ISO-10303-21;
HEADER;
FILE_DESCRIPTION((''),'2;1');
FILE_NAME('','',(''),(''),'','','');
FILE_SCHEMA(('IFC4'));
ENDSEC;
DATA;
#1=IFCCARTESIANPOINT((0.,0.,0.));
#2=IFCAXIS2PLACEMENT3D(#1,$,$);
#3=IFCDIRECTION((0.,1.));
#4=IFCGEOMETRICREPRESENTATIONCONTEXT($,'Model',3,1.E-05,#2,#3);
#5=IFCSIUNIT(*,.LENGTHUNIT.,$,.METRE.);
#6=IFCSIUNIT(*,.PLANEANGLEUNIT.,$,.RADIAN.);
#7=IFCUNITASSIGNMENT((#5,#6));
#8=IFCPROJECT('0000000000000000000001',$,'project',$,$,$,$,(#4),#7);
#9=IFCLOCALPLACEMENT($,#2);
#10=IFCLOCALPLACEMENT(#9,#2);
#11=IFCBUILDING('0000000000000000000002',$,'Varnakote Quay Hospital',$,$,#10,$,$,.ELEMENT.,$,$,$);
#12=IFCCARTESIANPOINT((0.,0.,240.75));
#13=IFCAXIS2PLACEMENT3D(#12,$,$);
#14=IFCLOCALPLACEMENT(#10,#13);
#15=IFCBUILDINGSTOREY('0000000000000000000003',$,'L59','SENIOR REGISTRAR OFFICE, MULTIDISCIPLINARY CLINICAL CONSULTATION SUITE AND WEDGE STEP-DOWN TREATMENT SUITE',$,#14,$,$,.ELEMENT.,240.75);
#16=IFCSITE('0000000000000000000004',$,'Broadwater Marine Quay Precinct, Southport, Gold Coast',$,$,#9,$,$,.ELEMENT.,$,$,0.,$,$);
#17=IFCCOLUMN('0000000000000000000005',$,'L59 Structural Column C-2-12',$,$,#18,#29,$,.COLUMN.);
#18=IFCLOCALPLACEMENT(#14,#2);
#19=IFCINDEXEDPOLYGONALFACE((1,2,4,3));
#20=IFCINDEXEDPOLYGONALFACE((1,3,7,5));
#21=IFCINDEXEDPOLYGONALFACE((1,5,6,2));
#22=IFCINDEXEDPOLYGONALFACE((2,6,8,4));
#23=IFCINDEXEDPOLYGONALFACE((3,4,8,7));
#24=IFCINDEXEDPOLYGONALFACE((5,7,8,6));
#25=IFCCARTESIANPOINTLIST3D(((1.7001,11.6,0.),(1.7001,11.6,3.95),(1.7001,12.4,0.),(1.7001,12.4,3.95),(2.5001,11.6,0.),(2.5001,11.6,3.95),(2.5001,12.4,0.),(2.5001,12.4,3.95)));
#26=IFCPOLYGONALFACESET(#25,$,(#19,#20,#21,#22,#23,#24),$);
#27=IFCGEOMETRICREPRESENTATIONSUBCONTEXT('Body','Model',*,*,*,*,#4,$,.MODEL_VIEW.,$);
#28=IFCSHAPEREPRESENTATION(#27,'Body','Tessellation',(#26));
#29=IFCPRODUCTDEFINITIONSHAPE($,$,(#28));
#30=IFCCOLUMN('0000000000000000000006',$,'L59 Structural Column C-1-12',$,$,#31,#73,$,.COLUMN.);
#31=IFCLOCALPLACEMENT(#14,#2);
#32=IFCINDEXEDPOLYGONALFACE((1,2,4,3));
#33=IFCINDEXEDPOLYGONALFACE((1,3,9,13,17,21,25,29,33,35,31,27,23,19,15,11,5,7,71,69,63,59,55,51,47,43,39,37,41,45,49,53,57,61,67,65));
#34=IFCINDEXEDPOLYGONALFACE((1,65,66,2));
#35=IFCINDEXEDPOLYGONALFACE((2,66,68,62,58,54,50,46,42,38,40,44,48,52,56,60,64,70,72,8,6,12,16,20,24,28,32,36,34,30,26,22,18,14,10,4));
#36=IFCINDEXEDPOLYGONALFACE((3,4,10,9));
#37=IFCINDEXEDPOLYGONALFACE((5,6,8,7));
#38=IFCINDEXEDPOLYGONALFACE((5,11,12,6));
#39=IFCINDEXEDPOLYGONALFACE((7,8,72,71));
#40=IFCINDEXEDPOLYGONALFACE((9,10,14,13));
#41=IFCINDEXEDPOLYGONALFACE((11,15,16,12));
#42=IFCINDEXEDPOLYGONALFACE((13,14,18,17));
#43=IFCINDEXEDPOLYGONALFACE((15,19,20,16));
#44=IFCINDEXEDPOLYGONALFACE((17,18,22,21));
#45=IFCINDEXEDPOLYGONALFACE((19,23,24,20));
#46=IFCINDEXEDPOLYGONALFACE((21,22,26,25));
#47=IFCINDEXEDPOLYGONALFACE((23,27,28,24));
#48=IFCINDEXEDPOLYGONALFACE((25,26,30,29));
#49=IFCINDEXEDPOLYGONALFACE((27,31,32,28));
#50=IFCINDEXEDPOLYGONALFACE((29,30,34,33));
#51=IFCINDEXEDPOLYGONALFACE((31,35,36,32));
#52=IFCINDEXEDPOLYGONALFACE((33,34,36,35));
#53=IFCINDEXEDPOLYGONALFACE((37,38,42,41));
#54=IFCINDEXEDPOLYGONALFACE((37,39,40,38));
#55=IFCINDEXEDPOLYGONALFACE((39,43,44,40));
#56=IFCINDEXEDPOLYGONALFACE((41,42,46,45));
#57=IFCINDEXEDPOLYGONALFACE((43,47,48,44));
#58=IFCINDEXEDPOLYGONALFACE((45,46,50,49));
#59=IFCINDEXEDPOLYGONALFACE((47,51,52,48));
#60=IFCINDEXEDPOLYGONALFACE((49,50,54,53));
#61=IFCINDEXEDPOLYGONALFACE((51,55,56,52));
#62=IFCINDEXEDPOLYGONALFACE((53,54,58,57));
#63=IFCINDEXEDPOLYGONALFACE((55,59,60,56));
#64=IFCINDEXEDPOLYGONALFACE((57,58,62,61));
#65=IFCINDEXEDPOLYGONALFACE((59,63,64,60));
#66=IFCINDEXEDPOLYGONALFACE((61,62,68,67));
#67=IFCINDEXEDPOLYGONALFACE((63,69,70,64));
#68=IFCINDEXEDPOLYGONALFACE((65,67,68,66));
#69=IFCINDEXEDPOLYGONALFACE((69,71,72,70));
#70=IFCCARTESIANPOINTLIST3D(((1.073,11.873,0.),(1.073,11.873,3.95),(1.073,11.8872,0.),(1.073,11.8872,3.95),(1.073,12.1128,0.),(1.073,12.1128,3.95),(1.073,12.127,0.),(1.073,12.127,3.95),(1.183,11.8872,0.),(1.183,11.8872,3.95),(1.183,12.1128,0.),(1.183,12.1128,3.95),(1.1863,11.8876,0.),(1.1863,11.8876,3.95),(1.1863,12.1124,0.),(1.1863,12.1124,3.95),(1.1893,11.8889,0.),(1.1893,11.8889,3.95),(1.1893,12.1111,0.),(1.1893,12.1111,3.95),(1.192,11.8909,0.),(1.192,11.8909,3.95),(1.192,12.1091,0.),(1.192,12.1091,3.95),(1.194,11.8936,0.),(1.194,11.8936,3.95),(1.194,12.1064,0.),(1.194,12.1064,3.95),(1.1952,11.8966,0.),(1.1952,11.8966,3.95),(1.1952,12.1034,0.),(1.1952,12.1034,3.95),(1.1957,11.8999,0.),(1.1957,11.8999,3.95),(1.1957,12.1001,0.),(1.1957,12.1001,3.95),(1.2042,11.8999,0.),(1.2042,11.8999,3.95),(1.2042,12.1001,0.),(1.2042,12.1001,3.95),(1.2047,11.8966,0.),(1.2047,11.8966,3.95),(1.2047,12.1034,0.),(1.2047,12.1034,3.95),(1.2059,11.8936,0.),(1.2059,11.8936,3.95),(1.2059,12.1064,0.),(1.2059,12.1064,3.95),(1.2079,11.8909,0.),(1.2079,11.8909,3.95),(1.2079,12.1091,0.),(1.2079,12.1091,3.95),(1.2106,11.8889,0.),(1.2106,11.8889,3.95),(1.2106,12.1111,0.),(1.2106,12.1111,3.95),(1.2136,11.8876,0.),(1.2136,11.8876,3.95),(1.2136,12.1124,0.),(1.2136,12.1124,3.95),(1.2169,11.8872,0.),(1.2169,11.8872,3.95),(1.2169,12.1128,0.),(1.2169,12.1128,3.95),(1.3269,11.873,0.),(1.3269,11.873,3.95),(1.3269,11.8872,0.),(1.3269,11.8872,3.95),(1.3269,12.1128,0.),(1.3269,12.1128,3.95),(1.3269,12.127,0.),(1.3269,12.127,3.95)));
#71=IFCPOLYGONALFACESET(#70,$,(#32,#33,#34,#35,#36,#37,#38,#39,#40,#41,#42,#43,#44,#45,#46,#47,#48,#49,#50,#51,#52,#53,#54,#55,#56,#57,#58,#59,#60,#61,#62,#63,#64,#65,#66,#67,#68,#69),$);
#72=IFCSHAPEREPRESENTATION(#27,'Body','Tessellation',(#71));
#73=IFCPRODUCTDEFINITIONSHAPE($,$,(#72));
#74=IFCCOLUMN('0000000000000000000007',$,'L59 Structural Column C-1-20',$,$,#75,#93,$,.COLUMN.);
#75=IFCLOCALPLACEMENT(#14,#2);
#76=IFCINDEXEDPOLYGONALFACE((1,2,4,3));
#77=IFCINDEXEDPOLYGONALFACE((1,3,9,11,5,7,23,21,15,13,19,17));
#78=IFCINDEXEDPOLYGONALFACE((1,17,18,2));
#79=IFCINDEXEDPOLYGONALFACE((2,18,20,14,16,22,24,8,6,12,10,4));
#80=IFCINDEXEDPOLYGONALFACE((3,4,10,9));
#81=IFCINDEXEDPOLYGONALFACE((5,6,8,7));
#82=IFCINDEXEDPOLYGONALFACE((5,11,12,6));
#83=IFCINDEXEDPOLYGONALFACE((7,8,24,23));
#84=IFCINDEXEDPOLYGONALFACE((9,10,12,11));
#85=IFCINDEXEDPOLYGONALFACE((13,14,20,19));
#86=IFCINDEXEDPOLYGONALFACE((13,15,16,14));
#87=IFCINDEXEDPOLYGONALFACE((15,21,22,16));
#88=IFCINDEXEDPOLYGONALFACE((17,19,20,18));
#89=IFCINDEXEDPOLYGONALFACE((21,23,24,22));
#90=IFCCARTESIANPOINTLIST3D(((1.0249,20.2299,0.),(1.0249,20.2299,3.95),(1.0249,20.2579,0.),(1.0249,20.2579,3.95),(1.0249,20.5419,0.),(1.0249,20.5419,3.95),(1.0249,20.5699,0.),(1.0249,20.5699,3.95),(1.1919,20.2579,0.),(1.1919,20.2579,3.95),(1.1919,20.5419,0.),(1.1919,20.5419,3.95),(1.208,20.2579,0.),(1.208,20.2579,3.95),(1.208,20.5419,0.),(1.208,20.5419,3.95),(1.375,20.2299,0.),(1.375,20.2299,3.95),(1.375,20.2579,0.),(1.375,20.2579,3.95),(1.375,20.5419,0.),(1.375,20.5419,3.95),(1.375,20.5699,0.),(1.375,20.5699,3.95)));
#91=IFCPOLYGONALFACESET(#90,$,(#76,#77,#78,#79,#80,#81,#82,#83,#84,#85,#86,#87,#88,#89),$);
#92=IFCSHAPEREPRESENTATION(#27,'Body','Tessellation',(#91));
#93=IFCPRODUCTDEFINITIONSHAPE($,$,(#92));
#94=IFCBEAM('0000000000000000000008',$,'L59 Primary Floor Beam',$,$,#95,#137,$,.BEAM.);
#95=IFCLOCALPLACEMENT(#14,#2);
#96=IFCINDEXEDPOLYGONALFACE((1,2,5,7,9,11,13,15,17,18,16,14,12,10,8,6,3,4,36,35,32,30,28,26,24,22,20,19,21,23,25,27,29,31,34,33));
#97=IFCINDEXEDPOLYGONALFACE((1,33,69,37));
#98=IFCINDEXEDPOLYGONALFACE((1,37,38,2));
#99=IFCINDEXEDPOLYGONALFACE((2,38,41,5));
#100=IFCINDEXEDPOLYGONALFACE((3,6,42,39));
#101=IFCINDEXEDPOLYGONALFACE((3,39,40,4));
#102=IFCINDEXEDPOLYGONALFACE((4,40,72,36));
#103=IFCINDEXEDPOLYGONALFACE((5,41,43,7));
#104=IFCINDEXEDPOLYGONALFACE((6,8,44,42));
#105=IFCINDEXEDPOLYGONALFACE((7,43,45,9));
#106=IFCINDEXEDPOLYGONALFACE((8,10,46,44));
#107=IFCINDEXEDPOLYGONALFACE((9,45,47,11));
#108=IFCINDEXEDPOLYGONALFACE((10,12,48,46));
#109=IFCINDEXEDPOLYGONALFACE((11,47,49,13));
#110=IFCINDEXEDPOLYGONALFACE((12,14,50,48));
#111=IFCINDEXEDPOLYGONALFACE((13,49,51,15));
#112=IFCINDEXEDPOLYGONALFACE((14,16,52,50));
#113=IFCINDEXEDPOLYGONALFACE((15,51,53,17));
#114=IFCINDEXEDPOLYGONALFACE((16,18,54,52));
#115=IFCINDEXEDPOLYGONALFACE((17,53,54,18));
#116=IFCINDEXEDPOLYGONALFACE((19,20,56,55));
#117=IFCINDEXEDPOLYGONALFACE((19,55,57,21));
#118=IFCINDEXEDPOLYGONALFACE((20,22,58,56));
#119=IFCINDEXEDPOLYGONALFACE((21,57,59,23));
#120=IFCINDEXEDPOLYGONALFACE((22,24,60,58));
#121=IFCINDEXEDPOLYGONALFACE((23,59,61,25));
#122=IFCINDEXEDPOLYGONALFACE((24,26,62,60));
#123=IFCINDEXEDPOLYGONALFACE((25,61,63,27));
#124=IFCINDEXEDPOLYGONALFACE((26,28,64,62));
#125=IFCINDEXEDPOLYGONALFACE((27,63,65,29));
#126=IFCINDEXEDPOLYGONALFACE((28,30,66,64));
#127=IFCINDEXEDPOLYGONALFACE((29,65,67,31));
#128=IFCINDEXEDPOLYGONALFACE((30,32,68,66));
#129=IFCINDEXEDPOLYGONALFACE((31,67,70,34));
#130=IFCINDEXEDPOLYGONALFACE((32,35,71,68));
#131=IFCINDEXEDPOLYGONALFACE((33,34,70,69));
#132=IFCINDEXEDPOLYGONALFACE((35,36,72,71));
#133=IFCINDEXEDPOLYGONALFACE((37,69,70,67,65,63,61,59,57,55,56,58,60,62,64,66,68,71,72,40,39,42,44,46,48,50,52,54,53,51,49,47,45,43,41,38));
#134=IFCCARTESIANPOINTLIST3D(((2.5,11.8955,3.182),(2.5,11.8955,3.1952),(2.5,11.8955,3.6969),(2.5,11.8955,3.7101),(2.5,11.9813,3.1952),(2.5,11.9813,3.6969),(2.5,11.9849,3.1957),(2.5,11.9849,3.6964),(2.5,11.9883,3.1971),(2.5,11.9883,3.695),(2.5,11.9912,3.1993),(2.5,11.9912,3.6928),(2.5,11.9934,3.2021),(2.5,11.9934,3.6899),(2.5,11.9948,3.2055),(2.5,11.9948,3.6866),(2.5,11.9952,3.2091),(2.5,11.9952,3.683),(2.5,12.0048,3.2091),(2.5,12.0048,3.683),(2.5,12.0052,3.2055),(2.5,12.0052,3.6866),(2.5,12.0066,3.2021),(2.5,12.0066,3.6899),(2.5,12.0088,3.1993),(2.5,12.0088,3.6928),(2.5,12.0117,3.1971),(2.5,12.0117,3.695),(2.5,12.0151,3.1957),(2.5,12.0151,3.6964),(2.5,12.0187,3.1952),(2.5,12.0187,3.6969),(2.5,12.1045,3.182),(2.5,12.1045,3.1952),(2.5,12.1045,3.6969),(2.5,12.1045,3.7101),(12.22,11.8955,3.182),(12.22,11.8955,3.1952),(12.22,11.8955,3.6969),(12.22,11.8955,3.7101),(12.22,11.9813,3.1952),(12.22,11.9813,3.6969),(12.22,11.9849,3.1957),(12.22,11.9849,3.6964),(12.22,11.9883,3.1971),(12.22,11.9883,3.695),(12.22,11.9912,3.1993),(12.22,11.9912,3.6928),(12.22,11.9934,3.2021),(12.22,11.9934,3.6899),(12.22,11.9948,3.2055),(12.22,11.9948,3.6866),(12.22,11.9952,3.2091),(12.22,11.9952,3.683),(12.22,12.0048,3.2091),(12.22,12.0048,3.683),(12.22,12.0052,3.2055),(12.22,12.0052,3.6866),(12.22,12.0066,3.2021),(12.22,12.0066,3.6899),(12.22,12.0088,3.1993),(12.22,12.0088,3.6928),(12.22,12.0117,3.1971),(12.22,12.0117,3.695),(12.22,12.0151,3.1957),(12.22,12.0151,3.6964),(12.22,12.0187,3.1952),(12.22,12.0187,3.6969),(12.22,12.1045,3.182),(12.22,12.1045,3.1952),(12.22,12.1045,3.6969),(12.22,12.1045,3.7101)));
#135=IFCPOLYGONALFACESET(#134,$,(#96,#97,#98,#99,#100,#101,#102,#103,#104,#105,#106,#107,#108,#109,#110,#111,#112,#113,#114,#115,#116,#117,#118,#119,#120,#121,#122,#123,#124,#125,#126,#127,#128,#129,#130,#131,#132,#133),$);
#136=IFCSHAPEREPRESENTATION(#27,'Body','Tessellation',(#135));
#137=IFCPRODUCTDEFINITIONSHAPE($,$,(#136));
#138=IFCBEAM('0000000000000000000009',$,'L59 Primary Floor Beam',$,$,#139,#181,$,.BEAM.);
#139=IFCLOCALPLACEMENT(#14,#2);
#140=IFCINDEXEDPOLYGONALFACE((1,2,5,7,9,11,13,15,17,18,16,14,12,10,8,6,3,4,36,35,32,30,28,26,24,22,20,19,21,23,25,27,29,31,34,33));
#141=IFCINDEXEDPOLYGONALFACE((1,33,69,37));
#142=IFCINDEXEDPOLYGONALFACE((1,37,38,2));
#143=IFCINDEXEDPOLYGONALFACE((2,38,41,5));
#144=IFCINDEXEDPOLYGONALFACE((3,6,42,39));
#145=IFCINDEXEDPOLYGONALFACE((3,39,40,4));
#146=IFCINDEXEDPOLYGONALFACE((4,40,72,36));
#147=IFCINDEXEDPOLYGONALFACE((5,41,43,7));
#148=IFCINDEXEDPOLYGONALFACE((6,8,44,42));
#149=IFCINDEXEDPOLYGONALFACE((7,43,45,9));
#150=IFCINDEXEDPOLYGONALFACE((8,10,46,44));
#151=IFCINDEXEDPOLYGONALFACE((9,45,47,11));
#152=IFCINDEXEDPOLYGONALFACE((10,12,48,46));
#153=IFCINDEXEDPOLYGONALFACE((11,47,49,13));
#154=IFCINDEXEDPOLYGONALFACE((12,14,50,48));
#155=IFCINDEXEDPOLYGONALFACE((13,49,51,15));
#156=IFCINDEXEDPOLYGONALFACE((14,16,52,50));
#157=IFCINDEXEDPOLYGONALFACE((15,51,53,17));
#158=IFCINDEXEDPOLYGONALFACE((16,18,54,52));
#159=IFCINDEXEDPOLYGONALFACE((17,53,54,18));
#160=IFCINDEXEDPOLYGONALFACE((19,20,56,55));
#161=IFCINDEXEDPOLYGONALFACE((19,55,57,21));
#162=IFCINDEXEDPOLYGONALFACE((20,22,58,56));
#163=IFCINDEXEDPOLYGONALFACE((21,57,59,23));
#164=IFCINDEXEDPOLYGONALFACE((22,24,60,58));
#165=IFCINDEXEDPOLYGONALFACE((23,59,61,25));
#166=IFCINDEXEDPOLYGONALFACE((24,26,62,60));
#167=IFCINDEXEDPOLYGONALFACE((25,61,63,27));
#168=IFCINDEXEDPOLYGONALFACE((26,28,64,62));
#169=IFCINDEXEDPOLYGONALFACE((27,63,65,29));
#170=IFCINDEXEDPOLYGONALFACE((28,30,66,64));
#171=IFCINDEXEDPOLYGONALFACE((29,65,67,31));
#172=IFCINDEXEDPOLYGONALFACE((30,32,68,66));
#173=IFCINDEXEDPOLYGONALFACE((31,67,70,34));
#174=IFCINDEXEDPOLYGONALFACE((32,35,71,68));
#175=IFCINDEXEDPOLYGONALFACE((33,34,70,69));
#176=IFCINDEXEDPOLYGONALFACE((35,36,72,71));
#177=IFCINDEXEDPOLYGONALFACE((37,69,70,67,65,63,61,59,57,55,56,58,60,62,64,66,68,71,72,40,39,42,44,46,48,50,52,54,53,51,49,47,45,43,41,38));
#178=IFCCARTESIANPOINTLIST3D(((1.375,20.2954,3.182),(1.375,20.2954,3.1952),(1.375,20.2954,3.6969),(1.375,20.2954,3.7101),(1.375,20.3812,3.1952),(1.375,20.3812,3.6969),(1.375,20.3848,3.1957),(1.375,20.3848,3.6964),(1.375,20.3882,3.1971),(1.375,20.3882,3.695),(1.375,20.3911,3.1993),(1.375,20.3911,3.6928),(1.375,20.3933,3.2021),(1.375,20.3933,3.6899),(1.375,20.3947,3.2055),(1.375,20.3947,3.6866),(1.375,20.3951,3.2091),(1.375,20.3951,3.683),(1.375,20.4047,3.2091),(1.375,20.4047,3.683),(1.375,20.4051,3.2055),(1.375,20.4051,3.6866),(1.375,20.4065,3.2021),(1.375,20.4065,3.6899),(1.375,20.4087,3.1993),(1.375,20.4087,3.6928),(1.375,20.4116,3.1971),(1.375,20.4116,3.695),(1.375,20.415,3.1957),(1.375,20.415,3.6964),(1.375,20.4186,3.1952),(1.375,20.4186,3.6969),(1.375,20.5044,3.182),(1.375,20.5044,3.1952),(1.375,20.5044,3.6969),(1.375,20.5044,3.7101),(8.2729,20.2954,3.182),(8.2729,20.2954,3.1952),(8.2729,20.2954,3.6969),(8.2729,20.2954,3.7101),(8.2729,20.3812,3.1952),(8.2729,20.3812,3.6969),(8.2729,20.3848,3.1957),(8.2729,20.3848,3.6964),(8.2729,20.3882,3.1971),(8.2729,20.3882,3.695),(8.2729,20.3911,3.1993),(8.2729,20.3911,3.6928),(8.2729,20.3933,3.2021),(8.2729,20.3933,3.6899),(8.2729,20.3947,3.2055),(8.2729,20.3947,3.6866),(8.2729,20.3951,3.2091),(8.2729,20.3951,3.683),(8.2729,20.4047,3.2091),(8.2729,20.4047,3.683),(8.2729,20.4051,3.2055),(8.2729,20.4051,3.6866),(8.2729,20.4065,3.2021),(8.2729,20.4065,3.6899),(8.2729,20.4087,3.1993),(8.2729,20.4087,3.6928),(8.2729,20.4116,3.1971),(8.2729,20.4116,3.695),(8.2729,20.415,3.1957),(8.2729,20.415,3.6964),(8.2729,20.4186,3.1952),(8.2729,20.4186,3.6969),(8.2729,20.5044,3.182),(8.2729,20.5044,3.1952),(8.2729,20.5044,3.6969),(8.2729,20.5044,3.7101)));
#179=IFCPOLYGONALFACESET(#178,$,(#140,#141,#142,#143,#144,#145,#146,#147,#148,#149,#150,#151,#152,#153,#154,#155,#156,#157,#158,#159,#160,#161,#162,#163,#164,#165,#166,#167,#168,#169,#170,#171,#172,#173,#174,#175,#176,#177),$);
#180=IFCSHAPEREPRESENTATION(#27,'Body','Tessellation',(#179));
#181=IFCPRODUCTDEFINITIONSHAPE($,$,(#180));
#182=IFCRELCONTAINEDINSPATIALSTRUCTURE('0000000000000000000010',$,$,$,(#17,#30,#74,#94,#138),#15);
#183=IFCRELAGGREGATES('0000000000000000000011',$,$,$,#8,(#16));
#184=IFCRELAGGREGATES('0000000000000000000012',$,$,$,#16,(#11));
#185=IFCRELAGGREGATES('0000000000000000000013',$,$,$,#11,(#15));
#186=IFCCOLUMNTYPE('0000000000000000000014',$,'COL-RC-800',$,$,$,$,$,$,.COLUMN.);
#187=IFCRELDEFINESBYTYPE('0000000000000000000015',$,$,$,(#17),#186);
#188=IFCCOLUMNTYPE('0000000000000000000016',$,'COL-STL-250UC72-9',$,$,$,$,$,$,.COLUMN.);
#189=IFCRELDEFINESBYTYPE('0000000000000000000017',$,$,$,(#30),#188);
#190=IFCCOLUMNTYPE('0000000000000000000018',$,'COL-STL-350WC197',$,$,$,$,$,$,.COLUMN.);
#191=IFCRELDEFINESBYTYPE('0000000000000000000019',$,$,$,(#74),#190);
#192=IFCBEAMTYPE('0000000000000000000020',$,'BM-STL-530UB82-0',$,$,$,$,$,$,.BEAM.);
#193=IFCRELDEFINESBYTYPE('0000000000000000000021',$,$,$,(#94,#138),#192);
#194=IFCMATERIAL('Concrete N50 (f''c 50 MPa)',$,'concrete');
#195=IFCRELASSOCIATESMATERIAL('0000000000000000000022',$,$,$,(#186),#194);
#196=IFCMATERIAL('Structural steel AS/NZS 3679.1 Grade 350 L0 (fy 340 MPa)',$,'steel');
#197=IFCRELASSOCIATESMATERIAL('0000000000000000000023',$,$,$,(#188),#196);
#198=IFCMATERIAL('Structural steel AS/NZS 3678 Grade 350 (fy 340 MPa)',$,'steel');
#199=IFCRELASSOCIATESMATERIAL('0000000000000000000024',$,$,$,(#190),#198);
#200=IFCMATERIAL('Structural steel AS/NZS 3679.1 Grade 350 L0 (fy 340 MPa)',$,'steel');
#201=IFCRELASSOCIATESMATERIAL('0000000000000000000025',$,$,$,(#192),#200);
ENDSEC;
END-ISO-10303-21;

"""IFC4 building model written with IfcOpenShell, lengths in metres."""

from ifc_helpers import new_model, si_unit, direction, frame, origin, origin_2d, place, context, subcontext, project, spatial, rectangle, i_section, extrude, material, material_profile, profile_set, type_object, element, save


model = new_model("IFC4")

# Units and contexts
model_context = context("Model", 3, precision=1e-05, world=origin(), true_north=direction((0.0, 1.0)))
body_context = subcontext(model_context, "Body", "Model", "MODEL_VIEW")
ifc_project = project(units=[si_unit("LENGTHUNIT", "METRE"), si_unit("PLANEANGLEUNIT", "RADIAN")], contexts=[model_context])

# Site, building, storey
site_placement = place(None, origin())
site = spatial("IfcSite", under=ifc_project, at=site_placement, Name="Broadwater Marine Quay Precinct, Southport, Gold Coast", CompositionType="ELEMENT", RefElevation=0.0)
building_placement = place(site_placement, origin())
building = spatial("IfcBuilding", under=site, at=building_placement, Name="Varnakote Quay Hospital", CompositionType="ELEMENT")
storey_placement = place(building_placement, frame((0.0, 0.0, 240.75)))
storey = spatial("IfcBuildingStorey", under=building, at=storey_placement, Name="L59", Description="SENIOR REGISTRAR OFFICE, MULTIDISCIPLINARY CLINICAL CONSULTATION SUITE AND WEDGE STEP-DOWN TREATMENT SUITE", CompositionType="ELEMENT", Elevation=240.75)

# Columns
ifc_material_1 = material(Name="Concrete N50 (f'c 50 MPa)", Category="concrete")
ifc_material_profile_1 = material_profile(ifc_material_1, rectangle(XDim=0.8, YDim=0.8, at=origin_2d()), Name="RC-COL-800x800")
ifc_profile_set_1 = profile_set([ifc_material_profile_1], Name="Concrete N50 (f'c 50 MPa)")
column_type_1 = type_object("IfcColumnType", Name="COL-RC-800", PredefinedType="COLUMN", material=ifc_profile_set_1)
column_1_placement = place(storey_placement, frame((2.1001, 12.0, 0.0), z_axis=(0.0, 0.0, 1.0), x_axis=(1.0, 0.0, 0.0)))
element("IfcColumn", 1, at=column_1_placement, inside=storey, type_object=column_type_1, Name="L59 Structural Column C-2-12", PredefinedType="COLUMN", context=body_context, shape_type="SweptSolid", body=[
    extrude(rectangle(XDim=0.8, YDim=0.8, at=origin_2d()), origin(), (0.0, 0.0, 1.0), 3.95),
])
ifc_material_2 = material(Name="Structural steel AS/NZS 3679.1 Grade 350 L0 (fy 340 MPa)", Category="steel")
ifc_material_profile_2 = material_profile(ifc_material_2, i_section(OverallWidth=0.2539, OverallDepth=0.2539, WebThickness=0.0085, FlangeThickness=0.0142, FilletRadius=0.0127, at=origin_2d()), Name="250UC72.9")
ifc_profile_set_2 = profile_set([ifc_material_profile_2], Name="Structural steel AS/NZS 3679.1 Grade 350 L0 (fy 340 MPa)")
column_type_2 = type_object("IfcColumnType", Name="COL-STL-250UC72-9", PredefinedType="COLUMN", material=ifc_profile_set_2)
column_2_placement = place(storey_placement, frame((1.2, 12.0, 0.0), z_axis=(0.0, 0.0, 1.0), x_axis=(1.0, 0.0, 0.0)))
element("IfcColumn", 2, at=column_2_placement, inside=storey, type_object=column_type_2, Name="L59 Structural Column C-1-12", PredefinedType="COLUMN", context=body_context, shape_type="SweptSolid", body=[
    extrude(i_section(OverallWidth=0.2539, OverallDepth=0.2539, WebThickness=0.0085, FlangeThickness=0.0142, FilletRadius=0.0127, at=origin_2d()), origin(), (0.0, 0.0, 1.0), 3.95),
])
ifc_material_3 = material(Name="Structural steel AS/NZS 3678 Grade 350 (fy 340 MPa)", Category="steel")
ifc_material_profile_3 = material_profile(ifc_material_3, i_section(OverallWidth=0.3501, OverallDepth=0.3401, WebThickness=0.0161, FlangeThickness=0.0281, at=origin_2d()), Name="350WC197")
ifc_profile_set_3 = profile_set([ifc_material_profile_3], Name="Structural steel AS/NZS 3678 Grade 350 (fy 340 MPa)")
column_type_3 = type_object("IfcColumnType", Name="COL-STL-350WC197", PredefinedType="COLUMN", material=ifc_profile_set_3)
column_3_placement = place(storey_placement, frame((1.2, 20.3999, 0.0), z_axis=(0.0, 0.0, 1.0), x_axis=(1.0, 0.0, 0.0)))
element("IfcColumn", 3, at=column_3_placement, inside=storey, type_object=column_type_3, Name="L59 Structural Column C-1-20", PredefinedType="COLUMN", context=body_context, shape_type="SweptSolid", body=[
    extrude(i_section(OverallWidth=0.3501, OverallDepth=0.3401, WebThickness=0.0161, FlangeThickness=0.0281, at=origin_2d()), origin(), (0.0, 0.0, 1.0), 3.95),
])

# Beams
ifc_material_4 = material(Name="Structural steel AS/NZS 3679.1 Grade 350 L0 (fy 340 MPa)", Category="steel")
ifc_material_profile_4 = material_profile(ifc_material_4, i_section(OverallWidth=0.209, OverallDepth=0.5281, WebThickness=0.0095, FlangeThickness=0.0132, FilletRadius=0.0139, at=origin_2d()), Name="530UB82.0")
ifc_profile_set_4 = profile_set([ifc_material_profile_4], Name="Structural steel AS/NZS 3679.1 Grade 350 L0 (fy 340 MPa)")
beam_type_1 = type_object("IfcBeamType", Name="BM-STL-530UB82-0", PredefinedType="BEAM", material=ifc_profile_set_4)
beam_1_placement = place(storey_placement, frame((2.5, 12.0, 3.446), z_axis=(1.0, 0.0, 0.0), x_axis=(0.0, 1.0, 0.0)))
element("IfcBeam", 4, at=beam_1_placement, inside=storey, type_object=beam_type_1, Name="L59 Primary Floor Beam", PredefinedType="BEAM", context=body_context, shape_type="SweptSolid", body=[
    extrude(i_section(OverallWidth=0.209, OverallDepth=0.5281, WebThickness=0.0095, FlangeThickness=0.0132, FilletRadius=0.0139, at=origin_2d()), origin(), (0.0, 0.0, 1.0), 9.72),
])
beam_2_placement = place(storey_placement, frame((1.375, 20.3999, 3.446), z_axis=(1.0, 0.0, 0.0), x_axis=(0.0, 1.0, 0.0)))
element("IfcBeam", 5, at=beam_2_placement, inside=storey, type_object=beam_type_1, Name="L59 Primary Floor Beam", PredefinedType="BEAM", context=body_context, shape_type="SweptSolid", body=[
    extrude(i_section(OverallWidth=0.209, OverallDepth=0.5281, WebThickness=0.0095, FlangeThickness=0.0132, FilletRadius=0.0139, at=origin_2d()), origin(), (0.0, 0.0, 1.0), 6.8979),
])

save(model, "model.ifc")
